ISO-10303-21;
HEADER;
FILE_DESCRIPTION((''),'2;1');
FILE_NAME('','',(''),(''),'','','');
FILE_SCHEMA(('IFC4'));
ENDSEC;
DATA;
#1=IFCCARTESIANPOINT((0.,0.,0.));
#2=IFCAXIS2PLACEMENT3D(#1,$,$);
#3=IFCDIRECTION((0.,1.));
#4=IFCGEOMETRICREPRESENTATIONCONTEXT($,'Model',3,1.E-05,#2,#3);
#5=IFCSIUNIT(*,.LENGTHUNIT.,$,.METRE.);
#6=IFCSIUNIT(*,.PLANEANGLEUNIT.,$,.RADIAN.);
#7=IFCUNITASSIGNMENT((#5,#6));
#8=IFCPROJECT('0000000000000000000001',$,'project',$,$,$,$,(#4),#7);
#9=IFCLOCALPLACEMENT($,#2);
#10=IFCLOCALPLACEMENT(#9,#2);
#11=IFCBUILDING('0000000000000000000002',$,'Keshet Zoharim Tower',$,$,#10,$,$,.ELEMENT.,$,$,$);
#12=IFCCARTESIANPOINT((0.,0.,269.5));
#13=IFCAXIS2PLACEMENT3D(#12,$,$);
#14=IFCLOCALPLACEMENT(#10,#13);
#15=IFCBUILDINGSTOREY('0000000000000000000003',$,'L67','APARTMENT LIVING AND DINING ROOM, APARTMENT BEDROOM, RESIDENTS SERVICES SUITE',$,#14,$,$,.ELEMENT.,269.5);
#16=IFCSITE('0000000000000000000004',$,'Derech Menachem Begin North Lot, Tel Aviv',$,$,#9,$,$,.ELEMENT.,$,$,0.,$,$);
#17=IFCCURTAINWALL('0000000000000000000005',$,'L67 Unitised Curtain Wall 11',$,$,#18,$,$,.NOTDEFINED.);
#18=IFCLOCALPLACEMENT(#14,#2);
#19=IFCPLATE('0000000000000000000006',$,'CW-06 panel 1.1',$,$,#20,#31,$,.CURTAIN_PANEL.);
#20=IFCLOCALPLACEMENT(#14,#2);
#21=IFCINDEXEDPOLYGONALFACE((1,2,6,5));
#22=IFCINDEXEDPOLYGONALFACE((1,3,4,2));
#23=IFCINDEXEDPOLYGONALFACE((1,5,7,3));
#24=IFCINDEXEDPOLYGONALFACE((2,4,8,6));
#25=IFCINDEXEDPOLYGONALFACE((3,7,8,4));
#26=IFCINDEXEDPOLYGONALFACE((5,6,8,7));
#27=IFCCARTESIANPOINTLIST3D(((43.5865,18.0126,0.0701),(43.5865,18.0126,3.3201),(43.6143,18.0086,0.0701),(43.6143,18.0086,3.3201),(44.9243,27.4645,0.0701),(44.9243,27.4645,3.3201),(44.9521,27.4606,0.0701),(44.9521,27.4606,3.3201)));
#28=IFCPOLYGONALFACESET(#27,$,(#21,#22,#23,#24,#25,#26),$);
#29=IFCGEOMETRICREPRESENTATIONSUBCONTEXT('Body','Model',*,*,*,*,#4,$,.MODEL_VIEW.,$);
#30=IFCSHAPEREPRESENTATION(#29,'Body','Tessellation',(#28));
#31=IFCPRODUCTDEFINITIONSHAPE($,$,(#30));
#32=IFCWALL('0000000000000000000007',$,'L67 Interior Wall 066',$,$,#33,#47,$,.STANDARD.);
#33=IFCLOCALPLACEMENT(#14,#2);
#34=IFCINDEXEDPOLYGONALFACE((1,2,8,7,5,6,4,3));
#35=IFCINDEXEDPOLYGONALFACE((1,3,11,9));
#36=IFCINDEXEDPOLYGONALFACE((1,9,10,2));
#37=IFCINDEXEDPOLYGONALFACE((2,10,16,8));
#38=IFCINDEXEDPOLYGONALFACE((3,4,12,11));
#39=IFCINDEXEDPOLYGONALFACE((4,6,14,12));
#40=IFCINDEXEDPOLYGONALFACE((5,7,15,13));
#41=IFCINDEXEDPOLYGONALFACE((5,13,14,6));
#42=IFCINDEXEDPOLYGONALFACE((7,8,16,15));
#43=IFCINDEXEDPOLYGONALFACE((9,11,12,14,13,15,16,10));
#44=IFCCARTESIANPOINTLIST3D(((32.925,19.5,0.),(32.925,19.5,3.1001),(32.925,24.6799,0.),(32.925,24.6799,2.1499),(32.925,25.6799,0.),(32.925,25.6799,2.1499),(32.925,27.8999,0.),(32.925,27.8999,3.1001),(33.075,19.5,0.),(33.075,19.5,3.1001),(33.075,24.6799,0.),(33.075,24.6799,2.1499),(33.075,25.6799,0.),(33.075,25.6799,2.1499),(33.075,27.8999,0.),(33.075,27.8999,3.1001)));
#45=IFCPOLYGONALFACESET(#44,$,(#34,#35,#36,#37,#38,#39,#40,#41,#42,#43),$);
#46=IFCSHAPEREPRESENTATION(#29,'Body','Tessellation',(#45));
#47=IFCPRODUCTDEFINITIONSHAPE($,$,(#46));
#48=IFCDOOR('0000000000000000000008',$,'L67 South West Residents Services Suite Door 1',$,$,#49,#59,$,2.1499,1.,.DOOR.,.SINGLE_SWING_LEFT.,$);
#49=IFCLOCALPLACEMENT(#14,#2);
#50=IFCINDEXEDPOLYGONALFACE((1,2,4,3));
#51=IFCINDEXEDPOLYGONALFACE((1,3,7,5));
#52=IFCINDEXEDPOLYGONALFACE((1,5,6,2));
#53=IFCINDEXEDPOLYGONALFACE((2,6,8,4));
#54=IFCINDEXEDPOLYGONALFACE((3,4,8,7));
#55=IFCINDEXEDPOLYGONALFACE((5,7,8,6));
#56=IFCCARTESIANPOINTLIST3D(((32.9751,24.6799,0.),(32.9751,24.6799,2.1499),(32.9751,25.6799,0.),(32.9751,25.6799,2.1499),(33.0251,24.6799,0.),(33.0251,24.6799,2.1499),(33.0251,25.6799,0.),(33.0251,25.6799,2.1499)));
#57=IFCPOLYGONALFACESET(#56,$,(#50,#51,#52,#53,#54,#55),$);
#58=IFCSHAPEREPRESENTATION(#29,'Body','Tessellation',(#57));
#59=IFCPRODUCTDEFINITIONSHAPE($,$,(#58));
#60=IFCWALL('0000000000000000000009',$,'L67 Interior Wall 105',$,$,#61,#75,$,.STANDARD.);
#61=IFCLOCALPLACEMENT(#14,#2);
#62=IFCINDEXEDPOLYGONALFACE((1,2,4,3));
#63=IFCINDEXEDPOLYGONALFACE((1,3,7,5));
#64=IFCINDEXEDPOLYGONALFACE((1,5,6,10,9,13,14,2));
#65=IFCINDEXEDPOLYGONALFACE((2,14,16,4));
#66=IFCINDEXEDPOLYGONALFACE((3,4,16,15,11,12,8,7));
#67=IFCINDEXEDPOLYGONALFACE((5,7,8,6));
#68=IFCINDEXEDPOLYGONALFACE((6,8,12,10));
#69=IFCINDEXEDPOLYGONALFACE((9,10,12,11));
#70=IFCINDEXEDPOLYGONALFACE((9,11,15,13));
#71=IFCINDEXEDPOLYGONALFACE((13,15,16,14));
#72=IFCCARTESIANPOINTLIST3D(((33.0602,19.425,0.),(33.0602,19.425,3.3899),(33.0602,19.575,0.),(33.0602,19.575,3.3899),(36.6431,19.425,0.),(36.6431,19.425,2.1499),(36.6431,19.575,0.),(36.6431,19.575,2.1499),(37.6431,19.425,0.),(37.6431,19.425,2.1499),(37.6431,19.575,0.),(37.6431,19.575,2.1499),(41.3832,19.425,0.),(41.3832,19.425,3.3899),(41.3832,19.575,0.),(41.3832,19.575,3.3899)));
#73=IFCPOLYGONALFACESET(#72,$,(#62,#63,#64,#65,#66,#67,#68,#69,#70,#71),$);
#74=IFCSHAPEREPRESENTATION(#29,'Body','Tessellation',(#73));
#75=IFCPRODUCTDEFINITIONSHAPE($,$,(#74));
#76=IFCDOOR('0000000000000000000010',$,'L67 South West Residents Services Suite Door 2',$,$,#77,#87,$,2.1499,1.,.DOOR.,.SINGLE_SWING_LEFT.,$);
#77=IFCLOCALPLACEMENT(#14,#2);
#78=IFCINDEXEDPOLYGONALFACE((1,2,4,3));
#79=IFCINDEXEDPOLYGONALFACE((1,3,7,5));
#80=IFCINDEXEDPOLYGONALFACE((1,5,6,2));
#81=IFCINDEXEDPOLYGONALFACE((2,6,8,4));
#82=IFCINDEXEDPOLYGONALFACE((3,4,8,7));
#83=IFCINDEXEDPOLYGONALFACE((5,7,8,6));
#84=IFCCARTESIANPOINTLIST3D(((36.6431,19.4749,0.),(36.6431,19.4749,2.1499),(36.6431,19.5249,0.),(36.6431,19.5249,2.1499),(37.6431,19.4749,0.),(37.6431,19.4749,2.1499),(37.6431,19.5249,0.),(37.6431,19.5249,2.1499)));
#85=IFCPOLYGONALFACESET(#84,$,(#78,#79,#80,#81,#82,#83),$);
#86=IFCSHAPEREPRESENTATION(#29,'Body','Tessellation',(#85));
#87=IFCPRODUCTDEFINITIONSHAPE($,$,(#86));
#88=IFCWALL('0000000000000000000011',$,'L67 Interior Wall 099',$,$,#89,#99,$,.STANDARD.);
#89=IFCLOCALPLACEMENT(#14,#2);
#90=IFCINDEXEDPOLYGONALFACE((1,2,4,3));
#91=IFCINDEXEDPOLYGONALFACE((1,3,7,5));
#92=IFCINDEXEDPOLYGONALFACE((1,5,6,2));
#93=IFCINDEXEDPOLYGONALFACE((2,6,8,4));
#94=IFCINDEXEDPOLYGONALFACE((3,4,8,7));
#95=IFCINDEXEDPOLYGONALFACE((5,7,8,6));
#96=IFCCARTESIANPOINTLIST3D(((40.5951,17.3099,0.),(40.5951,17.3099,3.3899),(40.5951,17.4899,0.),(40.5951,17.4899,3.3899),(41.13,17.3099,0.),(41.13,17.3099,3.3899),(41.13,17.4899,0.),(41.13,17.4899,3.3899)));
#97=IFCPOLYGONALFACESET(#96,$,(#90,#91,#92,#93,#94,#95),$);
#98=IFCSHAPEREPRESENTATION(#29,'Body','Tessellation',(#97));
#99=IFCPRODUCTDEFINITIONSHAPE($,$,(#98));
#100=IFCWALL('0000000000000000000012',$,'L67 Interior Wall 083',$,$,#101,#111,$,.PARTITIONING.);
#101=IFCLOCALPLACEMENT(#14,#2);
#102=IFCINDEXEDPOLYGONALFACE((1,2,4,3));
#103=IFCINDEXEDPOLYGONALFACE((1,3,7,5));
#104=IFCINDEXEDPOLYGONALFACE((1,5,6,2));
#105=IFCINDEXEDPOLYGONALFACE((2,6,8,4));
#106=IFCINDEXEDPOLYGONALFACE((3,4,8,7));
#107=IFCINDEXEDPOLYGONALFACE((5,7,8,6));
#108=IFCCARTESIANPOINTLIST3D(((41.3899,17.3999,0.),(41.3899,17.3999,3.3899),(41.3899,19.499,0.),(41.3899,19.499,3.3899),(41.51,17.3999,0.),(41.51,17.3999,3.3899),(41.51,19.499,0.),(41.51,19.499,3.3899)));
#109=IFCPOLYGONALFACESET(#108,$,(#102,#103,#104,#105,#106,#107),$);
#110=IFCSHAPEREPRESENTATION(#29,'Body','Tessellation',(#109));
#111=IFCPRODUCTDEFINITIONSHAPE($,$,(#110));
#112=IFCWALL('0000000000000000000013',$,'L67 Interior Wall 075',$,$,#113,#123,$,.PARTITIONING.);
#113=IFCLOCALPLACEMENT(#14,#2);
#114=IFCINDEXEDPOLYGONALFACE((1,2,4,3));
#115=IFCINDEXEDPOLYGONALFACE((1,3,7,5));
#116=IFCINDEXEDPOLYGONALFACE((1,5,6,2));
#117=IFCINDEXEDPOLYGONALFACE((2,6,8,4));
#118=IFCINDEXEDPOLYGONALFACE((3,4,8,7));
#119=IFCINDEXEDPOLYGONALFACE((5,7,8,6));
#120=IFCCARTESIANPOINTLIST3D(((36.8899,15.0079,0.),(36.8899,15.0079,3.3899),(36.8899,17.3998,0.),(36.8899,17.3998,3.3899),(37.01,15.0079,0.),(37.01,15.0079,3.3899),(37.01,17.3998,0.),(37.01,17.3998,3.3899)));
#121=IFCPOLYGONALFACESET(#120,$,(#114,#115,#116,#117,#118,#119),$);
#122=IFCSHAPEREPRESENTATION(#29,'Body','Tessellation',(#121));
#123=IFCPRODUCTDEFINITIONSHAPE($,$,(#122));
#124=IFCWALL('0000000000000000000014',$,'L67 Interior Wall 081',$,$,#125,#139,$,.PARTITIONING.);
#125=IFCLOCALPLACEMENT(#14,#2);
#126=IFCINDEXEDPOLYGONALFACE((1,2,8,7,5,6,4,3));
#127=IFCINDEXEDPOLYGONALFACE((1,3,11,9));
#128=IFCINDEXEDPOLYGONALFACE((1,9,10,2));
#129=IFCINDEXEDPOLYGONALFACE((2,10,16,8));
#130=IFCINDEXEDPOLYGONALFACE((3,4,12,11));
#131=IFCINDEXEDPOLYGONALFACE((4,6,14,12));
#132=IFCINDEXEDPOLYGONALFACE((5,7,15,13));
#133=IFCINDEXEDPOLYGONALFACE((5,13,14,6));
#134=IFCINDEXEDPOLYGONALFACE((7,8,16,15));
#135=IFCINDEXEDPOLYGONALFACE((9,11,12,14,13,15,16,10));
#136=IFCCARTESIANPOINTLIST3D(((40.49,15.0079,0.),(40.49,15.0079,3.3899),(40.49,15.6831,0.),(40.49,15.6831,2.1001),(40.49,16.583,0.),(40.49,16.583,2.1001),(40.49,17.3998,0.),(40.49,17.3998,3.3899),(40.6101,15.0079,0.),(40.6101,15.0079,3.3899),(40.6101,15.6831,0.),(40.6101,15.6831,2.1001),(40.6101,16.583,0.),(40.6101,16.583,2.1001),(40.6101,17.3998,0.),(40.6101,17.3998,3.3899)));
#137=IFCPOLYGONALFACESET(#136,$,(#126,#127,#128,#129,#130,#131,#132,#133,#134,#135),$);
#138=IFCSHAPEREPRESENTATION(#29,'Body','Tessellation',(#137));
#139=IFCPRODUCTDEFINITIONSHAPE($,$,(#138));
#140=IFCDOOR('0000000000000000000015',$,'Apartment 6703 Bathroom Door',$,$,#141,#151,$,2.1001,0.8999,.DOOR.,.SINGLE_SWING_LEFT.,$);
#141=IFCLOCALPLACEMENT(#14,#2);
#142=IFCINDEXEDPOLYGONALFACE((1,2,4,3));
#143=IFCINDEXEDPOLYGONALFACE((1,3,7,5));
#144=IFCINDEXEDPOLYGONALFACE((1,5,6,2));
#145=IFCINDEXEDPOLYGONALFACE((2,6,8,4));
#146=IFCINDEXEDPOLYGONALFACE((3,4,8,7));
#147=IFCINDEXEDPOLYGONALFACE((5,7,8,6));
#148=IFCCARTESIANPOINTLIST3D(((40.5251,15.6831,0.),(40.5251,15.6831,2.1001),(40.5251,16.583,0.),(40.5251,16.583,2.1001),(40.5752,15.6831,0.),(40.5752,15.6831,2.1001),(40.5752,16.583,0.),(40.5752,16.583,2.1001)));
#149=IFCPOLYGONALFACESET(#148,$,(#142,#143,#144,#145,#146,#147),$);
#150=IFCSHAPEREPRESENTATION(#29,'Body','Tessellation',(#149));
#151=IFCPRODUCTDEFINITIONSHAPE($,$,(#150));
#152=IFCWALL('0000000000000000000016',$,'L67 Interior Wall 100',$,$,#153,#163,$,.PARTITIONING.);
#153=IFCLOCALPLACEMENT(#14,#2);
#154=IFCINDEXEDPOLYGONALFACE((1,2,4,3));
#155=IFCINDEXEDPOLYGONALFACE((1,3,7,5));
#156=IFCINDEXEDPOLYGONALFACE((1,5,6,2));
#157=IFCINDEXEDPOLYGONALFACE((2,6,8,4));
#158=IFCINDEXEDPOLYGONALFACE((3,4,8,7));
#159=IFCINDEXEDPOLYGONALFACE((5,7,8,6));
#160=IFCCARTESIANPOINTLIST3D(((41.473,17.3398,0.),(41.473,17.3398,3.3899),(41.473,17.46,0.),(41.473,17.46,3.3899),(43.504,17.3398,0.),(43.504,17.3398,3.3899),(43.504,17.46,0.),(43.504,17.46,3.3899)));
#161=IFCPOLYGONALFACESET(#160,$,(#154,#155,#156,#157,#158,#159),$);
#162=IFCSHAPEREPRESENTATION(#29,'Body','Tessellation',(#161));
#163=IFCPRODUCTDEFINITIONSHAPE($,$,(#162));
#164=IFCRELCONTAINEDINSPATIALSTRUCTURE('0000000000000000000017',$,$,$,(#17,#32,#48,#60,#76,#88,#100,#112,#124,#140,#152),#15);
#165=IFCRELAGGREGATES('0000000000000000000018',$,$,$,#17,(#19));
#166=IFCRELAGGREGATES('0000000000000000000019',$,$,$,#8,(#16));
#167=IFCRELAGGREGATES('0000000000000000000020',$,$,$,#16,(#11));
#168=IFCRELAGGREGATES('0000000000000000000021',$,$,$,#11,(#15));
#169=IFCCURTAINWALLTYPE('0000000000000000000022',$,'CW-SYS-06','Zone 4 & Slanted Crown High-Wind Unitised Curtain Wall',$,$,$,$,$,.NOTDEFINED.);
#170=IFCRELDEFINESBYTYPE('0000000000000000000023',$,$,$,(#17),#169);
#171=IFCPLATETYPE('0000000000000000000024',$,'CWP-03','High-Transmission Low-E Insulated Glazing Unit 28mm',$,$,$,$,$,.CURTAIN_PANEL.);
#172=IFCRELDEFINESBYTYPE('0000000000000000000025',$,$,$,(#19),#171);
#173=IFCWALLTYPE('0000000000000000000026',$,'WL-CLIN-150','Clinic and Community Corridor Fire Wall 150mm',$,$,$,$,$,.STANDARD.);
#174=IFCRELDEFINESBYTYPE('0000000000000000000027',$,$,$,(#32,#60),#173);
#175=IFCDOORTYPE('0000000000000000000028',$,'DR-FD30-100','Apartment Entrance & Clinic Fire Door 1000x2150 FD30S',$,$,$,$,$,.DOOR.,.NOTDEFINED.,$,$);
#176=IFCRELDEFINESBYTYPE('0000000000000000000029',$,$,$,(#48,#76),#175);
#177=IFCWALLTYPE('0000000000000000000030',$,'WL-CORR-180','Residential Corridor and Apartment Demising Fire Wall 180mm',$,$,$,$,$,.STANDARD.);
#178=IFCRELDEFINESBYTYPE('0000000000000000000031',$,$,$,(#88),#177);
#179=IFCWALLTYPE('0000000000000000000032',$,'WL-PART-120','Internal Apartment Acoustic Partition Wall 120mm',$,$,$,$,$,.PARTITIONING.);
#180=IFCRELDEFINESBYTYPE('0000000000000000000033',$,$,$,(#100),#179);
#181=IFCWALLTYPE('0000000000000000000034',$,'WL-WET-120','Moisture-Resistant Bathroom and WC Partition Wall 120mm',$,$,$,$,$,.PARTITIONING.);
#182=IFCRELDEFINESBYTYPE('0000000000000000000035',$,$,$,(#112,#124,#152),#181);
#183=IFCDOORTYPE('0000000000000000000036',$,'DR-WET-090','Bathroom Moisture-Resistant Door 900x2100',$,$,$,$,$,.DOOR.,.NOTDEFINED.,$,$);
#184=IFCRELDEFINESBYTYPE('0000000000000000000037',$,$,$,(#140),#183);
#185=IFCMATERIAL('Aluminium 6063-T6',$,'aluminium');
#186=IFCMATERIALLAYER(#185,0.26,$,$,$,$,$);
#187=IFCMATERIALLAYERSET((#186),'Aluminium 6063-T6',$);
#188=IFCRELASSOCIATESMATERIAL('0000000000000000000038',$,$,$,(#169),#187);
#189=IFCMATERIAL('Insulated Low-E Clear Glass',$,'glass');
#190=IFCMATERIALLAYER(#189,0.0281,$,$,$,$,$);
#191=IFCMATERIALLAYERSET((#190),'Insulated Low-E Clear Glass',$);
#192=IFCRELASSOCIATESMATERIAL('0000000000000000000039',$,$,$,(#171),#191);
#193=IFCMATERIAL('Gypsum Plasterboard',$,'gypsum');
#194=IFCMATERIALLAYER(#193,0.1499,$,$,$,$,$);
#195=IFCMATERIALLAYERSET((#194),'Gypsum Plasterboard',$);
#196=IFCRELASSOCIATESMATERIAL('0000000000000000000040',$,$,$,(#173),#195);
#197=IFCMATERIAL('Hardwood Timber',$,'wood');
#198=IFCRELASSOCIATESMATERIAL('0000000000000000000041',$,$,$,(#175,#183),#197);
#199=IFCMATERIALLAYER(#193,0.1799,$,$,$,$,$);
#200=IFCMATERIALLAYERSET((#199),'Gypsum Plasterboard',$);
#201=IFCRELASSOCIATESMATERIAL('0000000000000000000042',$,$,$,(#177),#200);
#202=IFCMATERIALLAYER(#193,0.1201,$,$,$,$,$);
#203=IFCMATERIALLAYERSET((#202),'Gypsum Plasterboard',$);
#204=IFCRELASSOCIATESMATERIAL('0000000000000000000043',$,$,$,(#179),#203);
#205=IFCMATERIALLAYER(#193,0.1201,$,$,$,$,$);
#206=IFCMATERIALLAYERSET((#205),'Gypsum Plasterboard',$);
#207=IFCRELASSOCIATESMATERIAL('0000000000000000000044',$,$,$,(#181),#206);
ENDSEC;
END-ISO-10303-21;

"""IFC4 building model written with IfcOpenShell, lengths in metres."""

from ifc_helpers import new_model, si_unit, direction, frame, frame_2d, origin, origin_2d, place, context, subcontext, project, spatial, rectangle, extrude, material, layer, layer_set, type_object, element, fill, aggregate, save


model = new_model("IFC4")

# Units and contexts
model_context = context("Model", 3, precision=1e-05, world=origin(), true_north=direction((0.0, 1.0)))
body_context = subcontext(model_context, "Body", "Model", "MODEL_VIEW")
ifc_project = project(units=[si_unit("LENGTHUNIT", "METRE"), si_unit("PLANEANGLEUNIT", "RADIAN")], contexts=[model_context])

# Site, building, storey
site_placement = place(None, origin())
site = spatial("IfcSite", under=ifc_project, at=site_placement, Name="Derech Menachem Begin North Lot, Tel Aviv", CompositionType="ELEMENT", RefElevation=0.0)
building_placement = place(site_placement, origin())
building = spatial("IfcBuilding", under=site, at=building_placement, Name="Keshet Zoharim Tower", CompositionType="ELEMENT")
storey_placement = place(building_placement, frame((0.0, 0.0, 269.5)))
storey = spatial("IfcBuildingStorey", under=building, at=storey_placement, Name="L67", Description="APARTMENT LIVING AND DINING ROOM, APARTMENT BEDROOM, RESIDENTS SERVICES SUITE", CompositionType="ELEMENT", Elevation=269.5)

# Shared definitions
ifc_material_1 = material(Name="Aluminium 6063-T6", Category="aluminium")
ifc_layer_1 = layer(ifc_material_1, 0.26)
ifc_layer_set_1 = layer_set([ifc_layer_1], Name="Aluminium 6063-T6")
curtain_wall_type = type_object("IfcCurtainWallType", Name="CW-SYS-06", Description="Zone 4 & Slanted Crown High-Wind Unitised Curtain Wall", PredefinedType="NOTDEFINED", material=ifc_layer_set_1)

# Curtain wall
curtain_wall_1_placement = place(storey_placement, origin())
curtain_wall_1 = element("IfcCurtainWall", 1, at=curtain_wall_1_placement, inside=storey, type_object=curtain_wall_type, Name="L67 Unitised Curtain Wall 11", PredefinedType="NOTDEFINED")

# Plate
ifc_material_2 = material(Name="Insulated Low-E Clear Glass", Category="glass")
ifc_layer_2 = layer(ifc_material_2, 0.0281)
ifc_layer_set_2 = layer_set([ifc_layer_2], Name="Insulated Low-E Clear Glass")
plate_type = type_object("IfcPlateType", Name="CWP-03", Description="High-Transmission Low-E Insulated Glazing Unit 28mm", PredefinedType="CURTAIN_PANEL", material=ifc_layer_set_2)
plate_1_placement = place(storey_placement, frame((44.2693, 22.7366, 0.0701), z_axis=(0.0, 0.0, 1.0), x_axis=(-0.140137, -0.990132, 0.0)))
plate_1 = element("IfcPlate", 2, at=plate_1_placement, type_object=plate_type, Name="CW-06 panel 1.1", PredefinedType="CURTAIN_PANEL", context=body_context, shape_type="SweptSolid", body=[
    extrude(rectangle(XDim=9.5461, YDim=0.0281, at=origin_2d()), origin(), (0.0, 0.0, 1.0), 3.25),
])
aggregate(curtain_wall_1, [plate_1])

# Walls, openings, doors
ifc_material_3 = material(Name="Gypsum Plasterboard", Category="gypsum")
ifc_layer_3 = layer(ifc_material_3, 0.1499)
ifc_layer_set_3 = layer_set([ifc_layer_3], Name="Gypsum Plasterboard")
wall_type_1 = type_object("IfcWallType", Name="WL-CLIN-150", Description="Clinic and Community Corridor Fire Wall 150mm", PredefinedType="STANDARD", material=ifc_layer_set_3)
wall_1_placement = place(storey_placement, frame((33.0, 19.5, 0.0), z_axis=(0.0, 0.0, 1.0), x_axis=(0.0, 1.0, 0.0)))
wall_1 = element("IfcWall", 3, at=wall_1_placement, inside=storey, type_object=wall_type_1, Name="L67 Interior Wall 066", PredefinedType="STANDARD", context=body_context, shape_type="SweptSolid", body=[
    extrude(rectangle(XDim=8.3999, YDim=0.1499, at=frame_2d((4.2, 0.0))), origin(), (0.0, 0.0, 1.0), 3.1001),
])
opening_1_placement = place(wall_1_placement, frame((5.1799, 0.0, 0.0)))
opening_1 = element("IfcOpeningElement", 4, at=opening_1_placement, cuts=wall_1, PredefinedType="OPENING", context=body_context, shape_type="SweptSolid", body=[
    extrude(rectangle(XDim=1.0, YDim=2.1499, at=frame_2d((0.5, 1.075))), frame((0.0, 0.085, 0.0), z_axis=(0.0, -1.0, 0.0), x_axis=(1.0, 0.0, 0.0)), (0.0, 0.0, 1.0), 0.1699),
])
ifc_material_4 = material(Name="Hardwood Timber", Category="wood")
door_type_1 = type_object("IfcDoorType", Name="DR-FD30-100", Description="Apartment Entrance & Clinic Fire Door 1000x2150 FD30S", OperationType="NOTDEFINED", PredefinedType="DOOR", material=ifc_material_4)
door_1_placement = place(opening_1_placement, origin())
door_1 = element("IfcDoor", 5, at=door_1_placement, inside=storey, type_object=door_type_1, Name="L67 South West Residents Services Suite Door 1", OperationType="SINGLE_SWING_LEFT", OverallHeight=2.1499, OverallWidth=1.0, PredefinedType="DOOR", context=body_context, shape_type="SweptSolid", body=[
    extrude(rectangle(XDim=1.0, YDim=2.1499, at=frame_2d((0.5, 1.075))), frame((0.0, 0.0249, 0.0), z_axis=(0.0, -1.0, 0.0), x_axis=(1.0, 0.0, 0.0)), (0.0, 0.0, 1.0), 0.05),
])
fill(opening_1, door_1)
wall_2_placement = place(storey_placement, frame((33.0601, 19.5, 0.0), z_axis=(0.0, 0.0, 1.0), x_axis=(1.0, 0.0, 0.0)))
wall_2 = element("IfcWall", 6, at=wall_2_placement, inside=storey, type_object=wall_type_1, Name="L67 Interior Wall 105", PredefinedType="STANDARD", context=body_context, shape_type="SweptSolid", body=[
    extrude(rectangle(XDim=8.323, YDim=0.1499, at=frame_2d((4.1616, 0.0))), origin(), (0.0, 0.0, 1.0), 3.3899),
])
opening_2_placement = place(wall_2_placement, frame((3.583, 0.0, 0.0)))
opening_2 = element("IfcOpeningElement", 7, at=opening_2_placement, cuts=wall_2, PredefinedType="OPENING", context=body_context, shape_type="SweptSolid", body=[
    extrude(rectangle(XDim=1.0, YDim=2.1499, at=frame_2d((0.5, 1.075))), frame((0.0, 0.085, 0.0), z_axis=(0.0, -1.0, 0.0), x_axis=(1.0, 0.0, 0.0)), (0.0, 0.0, 1.0), 0.1699),
])
door_2_placement = place(opening_2_placement, origin())
door_2 = element("IfcDoor", 8, at=door_2_placement, inside=storey, type_object=door_type_1, Name="L67 South West Residents Services Suite Door 2", OperationType="SINGLE_SWING_LEFT", OverallHeight=2.1499, OverallWidth=1.0, PredefinedType="DOOR", context=body_context, shape_type="SweptSolid", body=[
    extrude(rectangle(XDim=1.0, YDim=2.1499, at=frame_2d((0.5, 1.075))), frame((0.0, 0.0249, 0.0), z_axis=(0.0, -1.0, 0.0), x_axis=(1.0, 0.0, 0.0)), (0.0, 0.0, 1.0), 0.05),
])
fill(opening_2, door_2)
ifc_layer_4 = layer(ifc_material_3, 0.1799)
ifc_layer_set_4 = layer_set([ifc_layer_4], Name="Gypsum Plasterboard")
wall_type_2 = type_object("IfcWallType", Name="WL-CORR-180", Description="Residential Corridor and Apartment Demising Fire Wall 180mm", PredefinedType="STANDARD", material=ifc_layer_set_4)

# Walls
wall_3_placement = place(storey_placement, frame((40.595, 17.3999, 0.0), z_axis=(0.0, 0.0, 1.0), x_axis=(1.0, 0.0, 0.0)))
element("IfcWall", 9, at=wall_3_placement, inside=storey, type_object=wall_type_2, Name="L67 Interior Wall 099", PredefinedType="STANDARD", context=body_context, shape_type="SweptSolid", body=[
    extrude(rectangle(XDim=0.5349, YDim=0.1799, at=frame_2d((0.2676, 0.0))), origin(), (0.0, 0.0, 1.0), 3.3899),
])
ifc_layer_5 = layer(ifc_material_3, 0.1201)
ifc_layer_set_5 = layer_set([ifc_layer_5], Name="Gypsum Plasterboard")
wall_type_3 = type_object("IfcWallType", Name="WL-PART-120", Description="Internal Apartment Acoustic Partition Wall 120mm", PredefinedType="PARTITIONING", material=ifc_layer_set_5)
wall_4_placement = place(storey_placement, frame((41.45, 17.3999, 0.0), z_axis=(0.0, 0.0, 1.0), x_axis=(0.0, 1.0, 0.0)))
element("IfcWall", 10, at=wall_4_placement, inside=storey, type_object=wall_type_3, Name="L67 Interior Wall 083", PredefinedType="PARTITIONING", context=body_context, shape_type="SweptSolid", body=[
    extrude(rectangle(XDim=2.0991, YDim=0.1201, at=frame_2d((1.0496, 0.0))), origin(), (0.0, 0.0, 1.0), 3.3899),
])
ifc_layer_6 = layer(ifc_material_3, 0.1201)
ifc_layer_set_6 = layer_set([ifc_layer_6], Name="Gypsum Plasterboard")
wall_type_4 = type_object("IfcWallType", Name="WL-WET-120", Description="Moisture-Resistant Bathroom and WC Partition Wall 120mm", PredefinedType="PARTITIONING", material=ifc_layer_set_6)
wall_5_placement = place(storey_placement, frame((36.95, 15.0081, 0.0), z_axis=(0.0, 0.0, 1.0), x_axis=(0.0, 1.0, 0.0)))
element("IfcWall", 11, at=wall_5_placement, inside=storey, type_object=wall_type_4, Name="L67 Interior Wall 075", PredefinedType="PARTITIONING", context=body_context, shape_type="SweptSolid", body=[
    extrude(rectangle(XDim=2.3918, YDim=0.1201, at=frame_2d((1.1958, 0.0))), origin(), (0.0, 0.0, 1.0), 3.3899),
])

# Wall, opening, door
wall_6_placement = place(storey_placement, frame((40.55, 15.0081, 0.0), z_axis=(0.0, 0.0, 1.0), x_axis=(0.0, 1.0, 0.0)))
wall_6 = element("IfcWall", 12, at=wall_6_placement, inside=storey, type_object=wall_type_4, Name="L67 Interior Wall 081", PredefinedType="PARTITIONING", context=body_context, shape_type="SweptSolid", body=[
    extrude(rectangle(XDim=2.3918, YDim=0.1201, at=frame_2d((1.1958, 0.0))), origin(), (0.0, 0.0, 1.0), 3.3899),
])
opening_3_placement = place(wall_6_placement, frame((0.675, 0.0, 0.0)))
opening_3 = element("IfcOpeningElement", 13, at=opening_3_placement, cuts=wall_6, PredefinedType="OPENING", context=body_context, shape_type="SweptSolid", body=[
    extrude(rectangle(XDim=0.8999, YDim=2.1001, at=frame_2d((0.45, 1.05))), frame((0.0, 0.0701, 0.0), z_axis=(0.0, -1.0, 0.0), x_axis=(1.0, 0.0, 0.0)), (0.0, 0.0, 1.0), 0.1401),
])
door_type_2 = type_object("IfcDoorType", Name="DR-WET-090", Description="Bathroom Moisture-Resistant Door 900x2100", OperationType="NOTDEFINED", PredefinedType="DOOR", material=ifc_material_4)
door_3_placement = place(opening_3_placement, origin())
door_3 = element("IfcDoor", 14, at=door_3_placement, inside=storey, type_object=door_type_2, Name="Apartment 6703 Bathroom Door", OperationType="SINGLE_SWING_LEFT", OverallHeight=2.1001, OverallWidth=0.8999, PredefinedType="DOOR", context=body_context, shape_type="SweptSolid", body=[
    extrude(rectangle(XDim=0.8999, YDim=2.1001, at=frame_2d((0.45, 1.05))), frame((0.0, 0.0249, 0.0), z_axis=(0.0, -1.0, 0.0), x_axis=(1.0, 0.0, 0.0)), (0.0, 0.0, 1.0), 0.05),
])
fill(opening_3, door_3)

# Wall
wall_7_placement = place(storey_placement, frame((41.4729, 17.3999, 0.0), z_axis=(0.0, 0.0, 1.0), x_axis=(1.0, 0.0, 0.0)))
element("IfcWall", 15, at=wall_7_placement, inside=storey, type_object=wall_type_4, Name="L67 Interior Wall 100", PredefinedType="PARTITIONING", context=body_context, shape_type="SweptSolid", body=[
    extrude(rectangle(XDim=2.031, YDim=0.1201, at=frame_2d((1.0156, 0.0))), origin(), (0.0, 0.0, 1.0), 3.3899),
])

save(model, "model.ifc")
